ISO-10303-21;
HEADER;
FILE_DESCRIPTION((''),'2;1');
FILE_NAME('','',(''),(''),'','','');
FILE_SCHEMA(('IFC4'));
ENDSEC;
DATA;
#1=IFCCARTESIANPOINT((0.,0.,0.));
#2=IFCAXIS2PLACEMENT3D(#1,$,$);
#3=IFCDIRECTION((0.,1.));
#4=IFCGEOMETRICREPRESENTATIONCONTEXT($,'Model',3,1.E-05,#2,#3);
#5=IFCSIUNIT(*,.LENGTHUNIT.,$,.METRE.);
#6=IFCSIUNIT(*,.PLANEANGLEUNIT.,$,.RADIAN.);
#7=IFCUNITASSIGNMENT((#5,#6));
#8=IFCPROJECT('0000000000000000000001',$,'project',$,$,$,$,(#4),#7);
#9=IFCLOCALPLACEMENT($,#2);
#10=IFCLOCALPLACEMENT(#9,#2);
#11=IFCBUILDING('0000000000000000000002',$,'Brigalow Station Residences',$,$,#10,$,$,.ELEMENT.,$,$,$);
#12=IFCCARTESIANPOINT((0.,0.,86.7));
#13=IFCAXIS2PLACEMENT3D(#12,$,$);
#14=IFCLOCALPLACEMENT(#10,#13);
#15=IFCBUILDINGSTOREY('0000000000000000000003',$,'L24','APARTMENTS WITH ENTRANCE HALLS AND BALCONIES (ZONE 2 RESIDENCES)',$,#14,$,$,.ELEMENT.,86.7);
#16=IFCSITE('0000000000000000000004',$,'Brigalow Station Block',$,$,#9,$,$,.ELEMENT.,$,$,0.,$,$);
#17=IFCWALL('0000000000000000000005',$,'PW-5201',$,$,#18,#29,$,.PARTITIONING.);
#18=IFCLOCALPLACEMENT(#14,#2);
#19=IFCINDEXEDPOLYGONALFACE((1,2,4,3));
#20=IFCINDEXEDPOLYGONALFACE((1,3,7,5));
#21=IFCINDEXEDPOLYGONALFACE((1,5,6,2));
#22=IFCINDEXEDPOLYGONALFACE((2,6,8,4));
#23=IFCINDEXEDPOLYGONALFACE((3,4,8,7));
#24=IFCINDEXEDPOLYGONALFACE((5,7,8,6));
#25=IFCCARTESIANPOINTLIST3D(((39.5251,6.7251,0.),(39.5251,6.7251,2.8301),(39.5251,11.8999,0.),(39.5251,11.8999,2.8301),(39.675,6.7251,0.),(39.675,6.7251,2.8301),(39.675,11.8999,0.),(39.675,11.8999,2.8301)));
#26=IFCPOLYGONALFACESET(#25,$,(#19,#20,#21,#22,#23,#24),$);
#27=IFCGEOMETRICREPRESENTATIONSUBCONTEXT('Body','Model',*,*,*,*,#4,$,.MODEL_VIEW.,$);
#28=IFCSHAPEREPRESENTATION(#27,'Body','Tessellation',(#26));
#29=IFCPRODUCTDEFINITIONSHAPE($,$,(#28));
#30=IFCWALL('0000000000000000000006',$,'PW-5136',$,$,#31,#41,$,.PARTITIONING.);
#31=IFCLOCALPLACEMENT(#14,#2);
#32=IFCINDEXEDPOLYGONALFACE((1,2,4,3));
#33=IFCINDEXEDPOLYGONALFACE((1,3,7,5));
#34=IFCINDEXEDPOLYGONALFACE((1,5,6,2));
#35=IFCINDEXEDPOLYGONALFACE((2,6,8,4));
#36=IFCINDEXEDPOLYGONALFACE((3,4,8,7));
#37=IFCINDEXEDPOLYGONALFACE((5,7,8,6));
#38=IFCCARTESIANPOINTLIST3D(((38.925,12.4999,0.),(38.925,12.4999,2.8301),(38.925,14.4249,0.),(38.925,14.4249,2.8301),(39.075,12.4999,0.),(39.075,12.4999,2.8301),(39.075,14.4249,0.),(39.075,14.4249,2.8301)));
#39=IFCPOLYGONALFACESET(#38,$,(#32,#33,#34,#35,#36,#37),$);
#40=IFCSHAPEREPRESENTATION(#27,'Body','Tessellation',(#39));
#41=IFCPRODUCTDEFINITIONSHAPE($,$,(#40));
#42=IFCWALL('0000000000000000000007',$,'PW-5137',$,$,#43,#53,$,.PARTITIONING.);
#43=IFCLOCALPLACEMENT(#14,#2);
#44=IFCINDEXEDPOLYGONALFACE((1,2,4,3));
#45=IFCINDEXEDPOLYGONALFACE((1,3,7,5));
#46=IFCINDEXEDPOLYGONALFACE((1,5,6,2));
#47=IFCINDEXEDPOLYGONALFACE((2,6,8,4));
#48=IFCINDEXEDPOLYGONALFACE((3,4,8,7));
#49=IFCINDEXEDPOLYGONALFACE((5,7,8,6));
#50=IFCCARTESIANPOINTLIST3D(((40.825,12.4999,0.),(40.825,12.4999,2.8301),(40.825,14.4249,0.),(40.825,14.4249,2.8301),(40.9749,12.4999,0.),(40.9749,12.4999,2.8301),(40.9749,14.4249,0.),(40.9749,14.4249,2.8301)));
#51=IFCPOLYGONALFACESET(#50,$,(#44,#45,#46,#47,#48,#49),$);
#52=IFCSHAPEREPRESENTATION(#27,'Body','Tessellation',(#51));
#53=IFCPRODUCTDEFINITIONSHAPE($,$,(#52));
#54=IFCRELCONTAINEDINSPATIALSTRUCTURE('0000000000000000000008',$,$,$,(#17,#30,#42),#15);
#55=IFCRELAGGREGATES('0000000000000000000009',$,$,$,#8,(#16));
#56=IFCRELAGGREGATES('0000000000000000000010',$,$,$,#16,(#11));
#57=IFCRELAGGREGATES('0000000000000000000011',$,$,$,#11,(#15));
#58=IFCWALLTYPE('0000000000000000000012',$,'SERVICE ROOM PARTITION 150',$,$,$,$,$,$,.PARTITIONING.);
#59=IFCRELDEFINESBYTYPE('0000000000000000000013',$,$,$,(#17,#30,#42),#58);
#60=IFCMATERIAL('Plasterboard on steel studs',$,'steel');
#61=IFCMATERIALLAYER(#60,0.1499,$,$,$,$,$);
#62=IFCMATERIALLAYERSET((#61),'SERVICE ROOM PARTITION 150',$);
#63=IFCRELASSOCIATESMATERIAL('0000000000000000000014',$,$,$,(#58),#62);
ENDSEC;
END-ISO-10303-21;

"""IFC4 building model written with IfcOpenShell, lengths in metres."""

from ifc_helpers import new_model, si_unit, direction, frame, frame_2d, origin, place, context, subcontext, project, spatial, rectangle, extrude, material, layer, layer_set, type_object, element, save


model = new_model("IFC4")

# Units and contexts
model_context = context("Model", 3, precision=1e-05, world=origin(), true_north=direction((0.0, 1.0)))
body_context = subcontext(model_context, "Body", "Model", "MODEL_VIEW")
ifc_project = project(units=[si_unit("LENGTHUNIT", "METRE"), si_unit("PLANEANGLEUNIT", "RADIAN")], contexts=[model_context])

# Site, building, storey
site_placement = place(None, origin())
site = spatial("IfcSite", under=ifc_project, at=site_placement, Name="Brigalow Station Block", CompositionType="ELEMENT", RefElevation=0.0)
building_placement = place(site_placement, origin())
building = spatial("IfcBuilding", under=site, at=building_placement, Name="Brigalow Station Residences", CompositionType="ELEMENT")
storey_placement = place(building_placement, frame((0.0, 0.0, 86.7)))
storey = spatial("IfcBuildingStorey", under=building, at=storey_placement, Name="L24", Description="APARTMENTS WITH ENTRANCE HALLS AND BALCONIES (ZONE 2 RESIDENCES)", CompositionType="ELEMENT", Elevation=86.7)

# Walls
ifc_material_1 = material(Name="Plasterboard on steel studs", Category="steel")
ifc_layer_1 = layer(ifc_material_1, 0.1499)
ifc_layer_set_1 = layer_set([ifc_layer_1], Name="SERVICE ROOM PARTITION 150")
wall_type_1 = type_object("IfcWallType", Name="SERVICE ROOM PARTITION 150", PredefinedType="PARTITIONING", material=ifc_layer_set_1)
wall_1_placement = place(storey_placement, frame((39.6001, 6.7251, 0.0), z_axis=(0.0, 0.0, 1.0), x_axis=(0.0, 1.0, 0.0)))
element("IfcWall", 1, at=wall_1_placement, inside=storey, type_object=wall_type_1, Name="PW-5201", PredefinedType="PARTITIONING", context=body_context, shape_type="SweptSolid", body=[
    extrude(rectangle(XDim=5.1748, YDim=0.1499, at=frame_2d((2.5874, 0.0))), origin(), (0.0, 0.0, 1.0), 2.8301),
])
for number, where, z_axis, x_axis, name in (
    (2, (39.0, 12.5, 0.0), (0.0, 0.0, 1.0), (0.0, 1.0, 0.0), "PW-5136"),
    (3, (40.8999, 12.5, 0.0), (0.0, 0.0, 1.0), (0.0, 1.0, 0.0), "PW-5137"),
):
    element("IfcWall", number, at=place(storey_placement, frame(where, z_axis=z_axis, x_axis=x_axis)), inside=storey, type_object=wall_type_1, Name=name, PredefinedType="PARTITIONING", context=body_context, shape_type="SweptSolid", body=[
        extrude(rectangle(XDim=1.925, YDim=0.1499, at=frame_2d((0.9624, 0.0))), origin(), (0.0, 0.0, 1.0), 2.8301),
    ])

save(model, "model.ifc")
